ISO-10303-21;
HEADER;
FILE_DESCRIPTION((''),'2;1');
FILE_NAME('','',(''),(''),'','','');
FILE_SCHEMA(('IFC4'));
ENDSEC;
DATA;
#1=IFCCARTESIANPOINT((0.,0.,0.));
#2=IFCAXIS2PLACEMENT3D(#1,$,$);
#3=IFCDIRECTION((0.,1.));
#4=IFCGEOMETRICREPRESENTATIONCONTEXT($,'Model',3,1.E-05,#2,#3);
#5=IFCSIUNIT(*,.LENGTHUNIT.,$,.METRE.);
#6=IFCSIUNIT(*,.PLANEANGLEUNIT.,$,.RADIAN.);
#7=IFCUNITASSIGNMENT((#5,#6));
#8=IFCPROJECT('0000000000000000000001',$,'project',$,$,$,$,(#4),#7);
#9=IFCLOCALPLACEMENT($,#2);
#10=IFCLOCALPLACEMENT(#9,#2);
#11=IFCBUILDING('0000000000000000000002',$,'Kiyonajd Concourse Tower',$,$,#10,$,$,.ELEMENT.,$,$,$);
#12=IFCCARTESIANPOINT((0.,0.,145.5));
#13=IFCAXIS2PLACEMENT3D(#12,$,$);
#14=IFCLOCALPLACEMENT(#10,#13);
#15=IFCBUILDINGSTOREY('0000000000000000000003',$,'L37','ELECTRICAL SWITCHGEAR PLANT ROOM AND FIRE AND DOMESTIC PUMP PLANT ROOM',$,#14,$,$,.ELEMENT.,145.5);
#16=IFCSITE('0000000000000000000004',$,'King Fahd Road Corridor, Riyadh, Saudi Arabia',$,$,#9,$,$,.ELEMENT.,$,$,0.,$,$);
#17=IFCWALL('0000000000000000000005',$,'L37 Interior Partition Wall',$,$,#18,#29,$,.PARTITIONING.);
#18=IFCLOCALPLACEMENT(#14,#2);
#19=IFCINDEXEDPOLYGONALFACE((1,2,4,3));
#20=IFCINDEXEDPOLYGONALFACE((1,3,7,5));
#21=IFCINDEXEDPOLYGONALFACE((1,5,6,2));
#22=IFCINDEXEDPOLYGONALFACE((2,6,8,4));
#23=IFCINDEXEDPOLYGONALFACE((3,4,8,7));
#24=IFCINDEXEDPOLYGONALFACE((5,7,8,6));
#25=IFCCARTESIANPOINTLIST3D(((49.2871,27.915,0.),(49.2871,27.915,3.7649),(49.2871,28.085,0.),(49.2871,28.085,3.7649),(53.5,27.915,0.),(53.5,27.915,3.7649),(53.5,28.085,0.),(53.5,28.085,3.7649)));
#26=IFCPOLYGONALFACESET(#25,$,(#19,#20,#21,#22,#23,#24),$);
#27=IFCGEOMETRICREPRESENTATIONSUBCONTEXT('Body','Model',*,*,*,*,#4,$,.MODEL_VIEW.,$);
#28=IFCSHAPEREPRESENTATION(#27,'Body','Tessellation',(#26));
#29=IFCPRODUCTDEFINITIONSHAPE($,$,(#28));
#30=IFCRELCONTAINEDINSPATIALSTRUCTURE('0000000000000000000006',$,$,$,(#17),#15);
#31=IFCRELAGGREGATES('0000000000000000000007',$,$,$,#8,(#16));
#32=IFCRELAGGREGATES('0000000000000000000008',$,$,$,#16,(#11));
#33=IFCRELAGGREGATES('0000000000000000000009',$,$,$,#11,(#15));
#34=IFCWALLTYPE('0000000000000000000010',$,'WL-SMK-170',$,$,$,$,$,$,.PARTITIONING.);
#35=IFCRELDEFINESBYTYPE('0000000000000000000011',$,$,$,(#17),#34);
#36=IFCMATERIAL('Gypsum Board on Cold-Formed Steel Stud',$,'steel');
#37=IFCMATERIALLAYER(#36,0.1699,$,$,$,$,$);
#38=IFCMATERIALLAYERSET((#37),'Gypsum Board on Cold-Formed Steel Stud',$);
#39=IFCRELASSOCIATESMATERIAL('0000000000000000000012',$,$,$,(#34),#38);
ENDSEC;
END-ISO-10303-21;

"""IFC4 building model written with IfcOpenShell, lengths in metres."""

from ifc_helpers import new_model, si_unit, direction, frame, frame_2d, origin, place, context, subcontext, project, spatial, rectangle, extrude, material, layer, layer_set, type_object, element, save


model = new_model("IFC4")

# Units and contexts
model_context = context("Model", 3, precision=1e-05, world=origin(), true_north=direction((0.0, 1.0)))
body_context = subcontext(model_context, "Body", "Model", "MODEL_VIEW")
ifc_project = project(units=[si_unit("LENGTHUNIT", "METRE"), si_unit("PLANEANGLEUNIT", "RADIAN")], contexts=[model_context])

# Site, building, storey
site_placement = place(None, origin())
site = spatial("IfcSite", under=ifc_project, at=site_placement, Name="King Fahd Road Corridor, Riyadh, Saudi Arabia", CompositionType="ELEMENT", RefElevation=0.0)
building_placement = place(site_placement, origin())
building = spatial("IfcBuilding", under=site, at=building_placement, Name="Kiyonajd Concourse Tower", CompositionType="ELEMENT")
storey_placement = place(building_placement, frame((0.0, 0.0, 145.5)))
storey = spatial("IfcBuildingStorey", under=building, at=storey_placement, Name="L37", Description="ELECTRICAL SWITCHGEAR PLANT ROOM AND FIRE AND DOMESTIC PUMP PLANT ROOM", CompositionType="ELEMENT", Elevation=145.5)

# Shared definitions
ifc_material_1 = material(Name="Gypsum Board on Cold-Formed Steel Stud", Category="steel")

# Shared definitions
ifc_layer_1 = layer(ifc_material_1, 0.1699)
ifc_layer_set_1 = layer_set([ifc_layer_1], Name="Gypsum Board on Cold-Formed Steel Stud")
wall_type_1 = type_object("IfcWallType", Name="WL-SMK-170", PredefinedType="PARTITIONING", material=ifc_layer_set_1)

# Wall
wall_1_placement = place(storey_placement, frame((49.2871, 28.0, 0.0), z_axis=(0.0, 0.0, 1.0), x_axis=(1.0, 0.0, 0.0)))
element("IfcWall", 1, at=wall_1_placement, inside=storey, type_object=wall_type_1, Name="L37 Interior Partition Wall", PredefinedType="PARTITIONING", context=body_context, shape_type="SweptSolid", body=[
    extrude(rectangle(XDim=4.2129, YDim=0.1699, at=frame_2d((2.1064, 0.0))), origin(), (0.0, 0.0, 1.0), 3.7649),
])

save(model, "model.ifc")
